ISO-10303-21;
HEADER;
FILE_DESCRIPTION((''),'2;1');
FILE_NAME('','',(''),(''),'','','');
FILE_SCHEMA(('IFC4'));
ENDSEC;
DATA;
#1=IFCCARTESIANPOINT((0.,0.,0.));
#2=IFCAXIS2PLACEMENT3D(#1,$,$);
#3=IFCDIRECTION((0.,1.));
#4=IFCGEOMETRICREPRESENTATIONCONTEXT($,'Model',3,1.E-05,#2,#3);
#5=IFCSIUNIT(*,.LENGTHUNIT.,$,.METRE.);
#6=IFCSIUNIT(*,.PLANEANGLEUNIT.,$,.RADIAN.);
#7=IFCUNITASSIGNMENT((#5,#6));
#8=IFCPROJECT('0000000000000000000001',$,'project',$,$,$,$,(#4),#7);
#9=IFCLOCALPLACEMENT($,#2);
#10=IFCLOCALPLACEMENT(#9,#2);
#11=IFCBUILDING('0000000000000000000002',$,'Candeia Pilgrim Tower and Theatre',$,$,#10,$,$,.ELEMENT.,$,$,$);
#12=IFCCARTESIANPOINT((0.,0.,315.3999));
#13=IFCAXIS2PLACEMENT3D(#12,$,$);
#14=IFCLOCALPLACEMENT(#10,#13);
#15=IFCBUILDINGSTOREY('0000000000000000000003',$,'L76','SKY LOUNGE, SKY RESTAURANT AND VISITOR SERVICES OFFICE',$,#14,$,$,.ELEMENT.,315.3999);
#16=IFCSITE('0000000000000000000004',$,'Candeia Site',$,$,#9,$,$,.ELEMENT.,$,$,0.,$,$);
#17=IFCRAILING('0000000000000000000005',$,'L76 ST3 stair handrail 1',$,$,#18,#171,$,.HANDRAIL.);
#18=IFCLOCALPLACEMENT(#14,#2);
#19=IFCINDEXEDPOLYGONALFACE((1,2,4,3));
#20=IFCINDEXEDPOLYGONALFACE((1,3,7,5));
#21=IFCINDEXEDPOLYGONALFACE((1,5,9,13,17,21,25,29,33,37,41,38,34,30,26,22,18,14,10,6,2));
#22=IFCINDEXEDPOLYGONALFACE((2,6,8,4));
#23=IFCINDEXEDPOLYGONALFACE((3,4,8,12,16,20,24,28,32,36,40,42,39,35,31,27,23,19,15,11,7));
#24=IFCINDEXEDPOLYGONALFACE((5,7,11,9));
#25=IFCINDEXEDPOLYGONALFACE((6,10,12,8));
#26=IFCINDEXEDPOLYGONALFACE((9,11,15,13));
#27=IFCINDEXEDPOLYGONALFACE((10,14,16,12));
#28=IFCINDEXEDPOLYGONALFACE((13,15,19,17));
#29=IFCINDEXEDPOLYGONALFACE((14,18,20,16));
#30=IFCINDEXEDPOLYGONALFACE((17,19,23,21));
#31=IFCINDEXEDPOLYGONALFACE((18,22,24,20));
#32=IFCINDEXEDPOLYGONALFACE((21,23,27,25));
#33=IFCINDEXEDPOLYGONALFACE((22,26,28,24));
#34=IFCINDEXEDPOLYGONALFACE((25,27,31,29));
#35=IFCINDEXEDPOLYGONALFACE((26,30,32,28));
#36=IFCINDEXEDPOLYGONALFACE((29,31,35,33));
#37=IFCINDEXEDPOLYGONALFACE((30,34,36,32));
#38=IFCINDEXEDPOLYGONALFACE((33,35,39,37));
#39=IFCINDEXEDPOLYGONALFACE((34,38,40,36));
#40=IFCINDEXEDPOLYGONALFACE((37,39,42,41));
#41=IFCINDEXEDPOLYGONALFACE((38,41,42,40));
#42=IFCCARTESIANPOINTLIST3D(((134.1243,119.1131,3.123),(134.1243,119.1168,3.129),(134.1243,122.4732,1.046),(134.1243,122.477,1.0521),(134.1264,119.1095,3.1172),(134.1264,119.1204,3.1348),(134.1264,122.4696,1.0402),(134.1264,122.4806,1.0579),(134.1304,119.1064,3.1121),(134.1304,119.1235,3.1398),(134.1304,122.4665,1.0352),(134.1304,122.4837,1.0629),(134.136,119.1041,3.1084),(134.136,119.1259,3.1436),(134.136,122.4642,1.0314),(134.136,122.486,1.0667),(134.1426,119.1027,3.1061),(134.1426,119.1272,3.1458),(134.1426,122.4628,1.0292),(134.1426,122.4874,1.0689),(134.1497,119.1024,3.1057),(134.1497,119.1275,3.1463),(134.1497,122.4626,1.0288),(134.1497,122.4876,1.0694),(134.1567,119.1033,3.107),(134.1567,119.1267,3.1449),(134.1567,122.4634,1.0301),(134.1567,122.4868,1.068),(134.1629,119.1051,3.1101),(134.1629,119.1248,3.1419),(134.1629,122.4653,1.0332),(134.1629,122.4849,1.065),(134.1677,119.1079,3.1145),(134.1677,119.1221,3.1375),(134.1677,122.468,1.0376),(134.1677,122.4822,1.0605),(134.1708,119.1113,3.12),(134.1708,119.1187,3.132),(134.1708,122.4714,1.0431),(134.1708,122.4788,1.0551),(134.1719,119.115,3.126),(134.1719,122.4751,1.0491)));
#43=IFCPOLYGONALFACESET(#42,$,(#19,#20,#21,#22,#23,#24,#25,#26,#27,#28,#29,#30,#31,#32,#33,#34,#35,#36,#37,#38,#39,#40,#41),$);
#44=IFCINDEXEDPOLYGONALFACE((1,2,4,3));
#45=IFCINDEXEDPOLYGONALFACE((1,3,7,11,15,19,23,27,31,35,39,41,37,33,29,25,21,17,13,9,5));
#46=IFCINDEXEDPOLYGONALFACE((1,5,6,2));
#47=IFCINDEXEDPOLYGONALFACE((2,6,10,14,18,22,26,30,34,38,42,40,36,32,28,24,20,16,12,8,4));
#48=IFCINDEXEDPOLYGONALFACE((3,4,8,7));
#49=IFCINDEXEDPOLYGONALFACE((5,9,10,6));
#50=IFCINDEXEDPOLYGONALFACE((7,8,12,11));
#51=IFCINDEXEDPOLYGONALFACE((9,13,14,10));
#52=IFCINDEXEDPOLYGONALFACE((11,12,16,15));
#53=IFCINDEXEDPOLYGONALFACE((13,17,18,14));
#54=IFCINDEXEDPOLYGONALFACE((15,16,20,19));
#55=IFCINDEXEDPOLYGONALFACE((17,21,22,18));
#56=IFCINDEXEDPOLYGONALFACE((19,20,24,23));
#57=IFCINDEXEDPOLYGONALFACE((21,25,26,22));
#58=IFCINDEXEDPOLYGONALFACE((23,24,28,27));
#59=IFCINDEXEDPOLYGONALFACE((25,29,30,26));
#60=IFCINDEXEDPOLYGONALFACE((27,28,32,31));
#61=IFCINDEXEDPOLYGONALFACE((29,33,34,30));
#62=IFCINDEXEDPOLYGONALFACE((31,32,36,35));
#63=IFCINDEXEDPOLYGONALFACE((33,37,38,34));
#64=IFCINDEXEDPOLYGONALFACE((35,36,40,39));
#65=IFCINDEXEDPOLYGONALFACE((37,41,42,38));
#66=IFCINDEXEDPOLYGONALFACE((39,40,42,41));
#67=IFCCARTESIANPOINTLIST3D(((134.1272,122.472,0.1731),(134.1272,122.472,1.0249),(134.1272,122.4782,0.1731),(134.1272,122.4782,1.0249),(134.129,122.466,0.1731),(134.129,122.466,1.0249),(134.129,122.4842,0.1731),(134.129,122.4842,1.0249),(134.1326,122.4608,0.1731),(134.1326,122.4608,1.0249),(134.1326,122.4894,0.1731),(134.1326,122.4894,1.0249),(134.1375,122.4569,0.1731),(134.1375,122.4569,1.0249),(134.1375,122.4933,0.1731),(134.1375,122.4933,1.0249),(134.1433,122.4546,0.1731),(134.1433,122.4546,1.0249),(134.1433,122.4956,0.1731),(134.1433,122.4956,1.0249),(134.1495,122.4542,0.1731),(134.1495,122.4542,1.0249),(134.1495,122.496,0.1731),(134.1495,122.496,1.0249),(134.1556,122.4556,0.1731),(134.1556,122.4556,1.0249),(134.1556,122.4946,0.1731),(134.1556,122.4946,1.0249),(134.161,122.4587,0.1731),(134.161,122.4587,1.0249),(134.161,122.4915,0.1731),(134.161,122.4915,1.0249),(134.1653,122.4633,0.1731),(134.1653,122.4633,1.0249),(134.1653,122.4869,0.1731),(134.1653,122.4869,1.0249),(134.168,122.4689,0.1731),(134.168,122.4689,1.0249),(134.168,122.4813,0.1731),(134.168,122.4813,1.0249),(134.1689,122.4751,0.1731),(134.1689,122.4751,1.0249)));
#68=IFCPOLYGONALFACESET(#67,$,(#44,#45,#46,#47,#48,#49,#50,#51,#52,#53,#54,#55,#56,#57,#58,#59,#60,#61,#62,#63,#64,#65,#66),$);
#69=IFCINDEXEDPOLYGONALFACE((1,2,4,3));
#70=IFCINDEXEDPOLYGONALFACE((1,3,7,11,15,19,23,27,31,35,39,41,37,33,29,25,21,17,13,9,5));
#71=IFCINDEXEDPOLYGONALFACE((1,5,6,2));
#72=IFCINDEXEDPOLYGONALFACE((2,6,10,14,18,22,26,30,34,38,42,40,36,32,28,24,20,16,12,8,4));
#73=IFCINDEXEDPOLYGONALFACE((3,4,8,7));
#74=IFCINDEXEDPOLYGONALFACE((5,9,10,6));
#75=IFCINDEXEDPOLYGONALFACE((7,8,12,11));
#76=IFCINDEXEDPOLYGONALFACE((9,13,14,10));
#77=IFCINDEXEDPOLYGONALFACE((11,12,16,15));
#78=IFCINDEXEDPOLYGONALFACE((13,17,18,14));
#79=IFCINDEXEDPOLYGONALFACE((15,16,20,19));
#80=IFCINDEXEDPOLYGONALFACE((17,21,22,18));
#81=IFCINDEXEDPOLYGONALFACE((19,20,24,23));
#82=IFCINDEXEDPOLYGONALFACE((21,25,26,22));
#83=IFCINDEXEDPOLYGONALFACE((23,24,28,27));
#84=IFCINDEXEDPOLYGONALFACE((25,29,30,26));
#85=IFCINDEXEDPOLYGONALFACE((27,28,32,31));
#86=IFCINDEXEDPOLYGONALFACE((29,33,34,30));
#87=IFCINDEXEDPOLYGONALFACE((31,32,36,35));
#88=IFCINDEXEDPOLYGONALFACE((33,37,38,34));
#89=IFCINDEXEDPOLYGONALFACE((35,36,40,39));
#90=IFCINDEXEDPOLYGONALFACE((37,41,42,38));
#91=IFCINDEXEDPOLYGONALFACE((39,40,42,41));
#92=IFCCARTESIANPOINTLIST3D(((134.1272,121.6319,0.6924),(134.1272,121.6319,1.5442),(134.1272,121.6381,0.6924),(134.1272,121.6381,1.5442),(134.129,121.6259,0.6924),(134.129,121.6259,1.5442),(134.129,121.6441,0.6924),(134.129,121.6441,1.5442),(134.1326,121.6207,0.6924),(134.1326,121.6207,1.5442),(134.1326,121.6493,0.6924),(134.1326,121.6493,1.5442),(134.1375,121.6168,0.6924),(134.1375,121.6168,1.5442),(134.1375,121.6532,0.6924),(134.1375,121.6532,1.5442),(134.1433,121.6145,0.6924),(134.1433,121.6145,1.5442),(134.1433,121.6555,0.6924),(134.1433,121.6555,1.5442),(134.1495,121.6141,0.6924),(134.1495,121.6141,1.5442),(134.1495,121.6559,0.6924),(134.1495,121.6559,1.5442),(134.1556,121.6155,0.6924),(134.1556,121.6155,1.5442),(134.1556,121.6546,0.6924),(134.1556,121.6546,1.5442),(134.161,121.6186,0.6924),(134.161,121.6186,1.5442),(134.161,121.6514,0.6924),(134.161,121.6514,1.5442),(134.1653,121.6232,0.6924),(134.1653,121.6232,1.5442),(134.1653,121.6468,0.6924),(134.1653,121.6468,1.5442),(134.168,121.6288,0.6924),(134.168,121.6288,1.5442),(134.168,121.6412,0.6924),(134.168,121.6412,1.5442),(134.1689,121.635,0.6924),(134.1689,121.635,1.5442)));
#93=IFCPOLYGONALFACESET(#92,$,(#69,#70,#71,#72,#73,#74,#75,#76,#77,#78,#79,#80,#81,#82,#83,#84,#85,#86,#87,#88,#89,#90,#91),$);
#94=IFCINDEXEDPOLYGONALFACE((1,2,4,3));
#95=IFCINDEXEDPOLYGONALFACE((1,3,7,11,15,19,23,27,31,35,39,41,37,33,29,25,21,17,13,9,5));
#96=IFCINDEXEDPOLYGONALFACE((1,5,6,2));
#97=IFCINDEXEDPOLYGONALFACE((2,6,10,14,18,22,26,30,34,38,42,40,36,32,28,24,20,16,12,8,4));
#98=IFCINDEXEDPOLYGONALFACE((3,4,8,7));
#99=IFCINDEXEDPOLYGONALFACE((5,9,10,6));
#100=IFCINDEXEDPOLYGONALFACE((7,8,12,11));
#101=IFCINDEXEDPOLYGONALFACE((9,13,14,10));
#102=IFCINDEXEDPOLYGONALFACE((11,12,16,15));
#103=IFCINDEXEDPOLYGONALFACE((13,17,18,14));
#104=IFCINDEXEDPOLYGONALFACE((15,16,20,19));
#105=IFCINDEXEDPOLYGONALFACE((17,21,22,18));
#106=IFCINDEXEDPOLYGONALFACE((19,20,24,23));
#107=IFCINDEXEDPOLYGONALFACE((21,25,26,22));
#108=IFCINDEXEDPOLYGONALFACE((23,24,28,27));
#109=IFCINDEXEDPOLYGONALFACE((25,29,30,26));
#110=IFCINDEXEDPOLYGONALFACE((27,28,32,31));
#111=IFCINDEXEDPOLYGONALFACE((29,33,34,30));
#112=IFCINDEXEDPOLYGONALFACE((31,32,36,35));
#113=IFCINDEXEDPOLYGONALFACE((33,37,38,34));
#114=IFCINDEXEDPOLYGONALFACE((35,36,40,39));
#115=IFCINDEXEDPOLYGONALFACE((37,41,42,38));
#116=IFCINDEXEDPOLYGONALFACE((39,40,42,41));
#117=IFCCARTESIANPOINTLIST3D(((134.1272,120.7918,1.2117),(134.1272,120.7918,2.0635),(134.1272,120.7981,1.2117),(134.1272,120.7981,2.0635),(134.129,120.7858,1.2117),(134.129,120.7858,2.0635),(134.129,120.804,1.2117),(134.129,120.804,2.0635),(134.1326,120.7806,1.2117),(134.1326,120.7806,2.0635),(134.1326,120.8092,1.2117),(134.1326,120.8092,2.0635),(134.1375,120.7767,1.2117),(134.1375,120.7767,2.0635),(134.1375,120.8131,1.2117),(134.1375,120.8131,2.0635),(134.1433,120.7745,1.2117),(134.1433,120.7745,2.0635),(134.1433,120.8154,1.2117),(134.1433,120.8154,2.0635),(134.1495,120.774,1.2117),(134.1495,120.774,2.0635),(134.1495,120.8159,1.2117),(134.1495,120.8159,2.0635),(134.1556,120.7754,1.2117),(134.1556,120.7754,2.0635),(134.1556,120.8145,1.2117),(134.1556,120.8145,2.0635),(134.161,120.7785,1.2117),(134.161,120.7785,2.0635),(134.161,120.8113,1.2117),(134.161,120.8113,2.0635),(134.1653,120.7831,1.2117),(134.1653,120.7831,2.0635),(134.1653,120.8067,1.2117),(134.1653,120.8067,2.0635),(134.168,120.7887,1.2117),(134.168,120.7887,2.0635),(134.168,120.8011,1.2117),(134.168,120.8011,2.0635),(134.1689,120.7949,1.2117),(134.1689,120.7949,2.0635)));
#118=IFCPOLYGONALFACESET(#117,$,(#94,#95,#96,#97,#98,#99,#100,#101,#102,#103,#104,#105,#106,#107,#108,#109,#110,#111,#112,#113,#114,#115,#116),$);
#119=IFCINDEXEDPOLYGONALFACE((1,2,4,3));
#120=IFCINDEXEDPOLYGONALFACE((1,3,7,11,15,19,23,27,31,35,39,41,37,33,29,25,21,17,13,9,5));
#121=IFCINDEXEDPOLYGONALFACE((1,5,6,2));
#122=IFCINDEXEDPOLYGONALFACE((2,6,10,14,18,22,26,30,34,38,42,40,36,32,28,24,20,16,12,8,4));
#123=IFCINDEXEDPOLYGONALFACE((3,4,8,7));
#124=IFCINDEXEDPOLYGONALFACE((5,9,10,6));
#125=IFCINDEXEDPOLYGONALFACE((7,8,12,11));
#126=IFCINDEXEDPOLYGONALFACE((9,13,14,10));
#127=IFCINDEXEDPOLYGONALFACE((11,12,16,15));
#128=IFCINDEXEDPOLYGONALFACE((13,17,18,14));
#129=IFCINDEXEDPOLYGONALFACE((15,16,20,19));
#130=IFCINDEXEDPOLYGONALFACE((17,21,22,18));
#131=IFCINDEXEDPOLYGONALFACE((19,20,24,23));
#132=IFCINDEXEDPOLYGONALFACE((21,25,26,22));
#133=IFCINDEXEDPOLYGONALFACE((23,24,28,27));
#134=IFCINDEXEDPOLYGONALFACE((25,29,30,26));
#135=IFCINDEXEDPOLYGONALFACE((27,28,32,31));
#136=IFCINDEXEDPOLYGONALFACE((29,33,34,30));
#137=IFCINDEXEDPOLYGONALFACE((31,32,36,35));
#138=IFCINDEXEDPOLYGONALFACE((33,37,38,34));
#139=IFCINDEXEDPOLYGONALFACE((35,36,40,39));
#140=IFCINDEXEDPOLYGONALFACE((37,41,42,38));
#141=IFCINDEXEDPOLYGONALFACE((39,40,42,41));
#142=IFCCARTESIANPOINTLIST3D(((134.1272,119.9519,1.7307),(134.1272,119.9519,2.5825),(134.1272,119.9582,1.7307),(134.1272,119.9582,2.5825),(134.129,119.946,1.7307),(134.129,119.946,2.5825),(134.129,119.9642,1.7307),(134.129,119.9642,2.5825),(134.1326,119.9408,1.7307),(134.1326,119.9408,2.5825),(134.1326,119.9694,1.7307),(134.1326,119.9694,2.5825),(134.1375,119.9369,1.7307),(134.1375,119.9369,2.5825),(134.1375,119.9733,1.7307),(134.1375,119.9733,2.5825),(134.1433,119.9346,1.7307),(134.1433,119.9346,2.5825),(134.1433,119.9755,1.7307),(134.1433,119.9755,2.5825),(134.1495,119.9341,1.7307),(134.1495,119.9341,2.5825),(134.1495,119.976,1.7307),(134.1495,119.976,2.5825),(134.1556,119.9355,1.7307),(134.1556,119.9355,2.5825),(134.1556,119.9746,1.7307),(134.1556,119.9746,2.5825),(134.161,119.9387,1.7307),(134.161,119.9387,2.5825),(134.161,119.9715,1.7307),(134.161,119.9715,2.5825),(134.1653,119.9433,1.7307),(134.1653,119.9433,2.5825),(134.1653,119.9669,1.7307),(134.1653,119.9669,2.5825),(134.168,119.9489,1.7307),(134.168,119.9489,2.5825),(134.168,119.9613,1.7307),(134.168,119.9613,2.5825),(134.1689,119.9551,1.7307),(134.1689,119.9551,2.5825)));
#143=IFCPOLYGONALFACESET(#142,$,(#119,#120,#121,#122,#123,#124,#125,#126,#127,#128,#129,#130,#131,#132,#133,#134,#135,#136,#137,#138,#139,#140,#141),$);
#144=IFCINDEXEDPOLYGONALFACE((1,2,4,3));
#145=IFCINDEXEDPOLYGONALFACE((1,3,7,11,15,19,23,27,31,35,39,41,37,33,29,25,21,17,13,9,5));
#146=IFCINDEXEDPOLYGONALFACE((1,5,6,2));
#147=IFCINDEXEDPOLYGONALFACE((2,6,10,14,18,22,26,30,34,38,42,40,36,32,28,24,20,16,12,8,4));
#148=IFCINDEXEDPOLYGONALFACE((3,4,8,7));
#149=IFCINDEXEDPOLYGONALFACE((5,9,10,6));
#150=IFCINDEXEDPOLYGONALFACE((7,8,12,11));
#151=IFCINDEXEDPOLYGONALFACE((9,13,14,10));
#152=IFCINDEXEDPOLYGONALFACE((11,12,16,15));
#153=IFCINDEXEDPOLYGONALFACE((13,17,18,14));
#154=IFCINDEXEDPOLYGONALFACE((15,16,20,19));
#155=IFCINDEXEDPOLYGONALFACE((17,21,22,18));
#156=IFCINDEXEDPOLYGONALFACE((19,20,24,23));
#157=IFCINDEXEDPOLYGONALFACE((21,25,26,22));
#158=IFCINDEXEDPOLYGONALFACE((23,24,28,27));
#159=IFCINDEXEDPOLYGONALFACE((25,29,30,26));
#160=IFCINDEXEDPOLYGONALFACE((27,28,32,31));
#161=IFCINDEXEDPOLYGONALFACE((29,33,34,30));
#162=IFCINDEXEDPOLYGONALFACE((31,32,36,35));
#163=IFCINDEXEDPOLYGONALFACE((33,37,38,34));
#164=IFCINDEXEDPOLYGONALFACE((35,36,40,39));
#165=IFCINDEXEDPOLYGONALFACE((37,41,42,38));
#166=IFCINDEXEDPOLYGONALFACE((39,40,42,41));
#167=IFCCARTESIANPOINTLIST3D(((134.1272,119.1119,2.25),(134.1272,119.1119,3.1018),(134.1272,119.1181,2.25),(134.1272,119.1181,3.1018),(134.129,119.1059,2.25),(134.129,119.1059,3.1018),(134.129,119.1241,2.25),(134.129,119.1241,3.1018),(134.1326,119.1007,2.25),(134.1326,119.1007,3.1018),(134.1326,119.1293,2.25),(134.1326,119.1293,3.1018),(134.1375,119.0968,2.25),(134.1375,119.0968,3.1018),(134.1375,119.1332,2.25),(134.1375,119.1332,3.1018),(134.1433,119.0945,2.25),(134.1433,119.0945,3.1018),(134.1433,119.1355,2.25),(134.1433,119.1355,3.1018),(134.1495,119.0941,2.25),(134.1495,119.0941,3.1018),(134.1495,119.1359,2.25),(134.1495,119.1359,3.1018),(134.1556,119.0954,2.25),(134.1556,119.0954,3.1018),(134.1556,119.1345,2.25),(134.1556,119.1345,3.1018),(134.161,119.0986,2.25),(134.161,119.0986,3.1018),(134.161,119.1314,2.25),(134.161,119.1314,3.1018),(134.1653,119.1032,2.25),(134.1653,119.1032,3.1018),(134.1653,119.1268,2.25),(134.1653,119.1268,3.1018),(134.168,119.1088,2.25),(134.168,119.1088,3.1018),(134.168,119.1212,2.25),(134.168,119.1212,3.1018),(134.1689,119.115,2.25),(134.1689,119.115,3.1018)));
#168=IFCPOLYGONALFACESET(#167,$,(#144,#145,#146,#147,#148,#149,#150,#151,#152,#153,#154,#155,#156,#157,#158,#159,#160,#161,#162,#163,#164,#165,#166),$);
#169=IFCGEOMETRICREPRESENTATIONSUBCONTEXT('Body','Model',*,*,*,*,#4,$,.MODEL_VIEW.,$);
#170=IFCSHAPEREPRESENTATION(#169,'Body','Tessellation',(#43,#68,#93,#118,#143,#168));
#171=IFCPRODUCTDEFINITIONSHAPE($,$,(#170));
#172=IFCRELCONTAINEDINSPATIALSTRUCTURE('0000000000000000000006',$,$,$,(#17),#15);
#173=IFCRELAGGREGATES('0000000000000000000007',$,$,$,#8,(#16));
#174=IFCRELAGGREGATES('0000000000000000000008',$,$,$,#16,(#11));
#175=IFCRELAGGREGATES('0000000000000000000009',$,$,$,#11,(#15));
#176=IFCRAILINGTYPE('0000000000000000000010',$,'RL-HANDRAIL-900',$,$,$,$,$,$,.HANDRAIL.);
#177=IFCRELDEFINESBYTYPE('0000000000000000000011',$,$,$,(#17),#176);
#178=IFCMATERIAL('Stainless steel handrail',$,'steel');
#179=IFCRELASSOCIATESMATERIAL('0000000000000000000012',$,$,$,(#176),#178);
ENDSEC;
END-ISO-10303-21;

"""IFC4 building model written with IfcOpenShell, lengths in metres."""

from ifc_helpers import new_model, si_unit, direction, frame, origin, origin_2d, place, context, subcontext, project, spatial, circle, extrude, material, type_object, element, save


model = new_model("IFC4")

# Units and contexts
model_context = context("Model", 3, precision=1e-05, world=origin(), true_north=direction((0.0, 1.0)))
body_context = subcontext(model_context, "Body", "Model", "MODEL_VIEW")
ifc_project = project(units=[si_unit("LENGTHUNIT", "METRE"), si_unit("PLANEANGLEUNIT", "RADIAN")], contexts=[model_context])

# Site, building, storey
site_placement = place(None, origin())
site = spatial("IfcSite", under=ifc_project, at=site_placement, Name="Candeia Site", CompositionType="ELEMENT", RefElevation=0.0)
building_placement = place(site_placement, origin())
building = spatial("IfcBuilding", under=site, at=building_placement, Name="Candeia Pilgrim Tower and Theatre", CompositionType="ELEMENT")
storey_placement = place(building_placement, frame((0.0, 0.0, 315.3999)))
storey = spatial("IfcBuildingStorey", under=building, at=storey_placement, Name="L76", Description="SKY LOUNGE, SKY RESTAURANT AND VISITOR SERVICES OFFICE", CompositionType="ELEMENT", Elevation=315.3999)

# Railing
ifc_material_1 = material(Name="Stainless steel handrail", Category="steel")
railing_type_1 = type_object("IfcRailingType", Name="RL-HANDRAIL-900", PredefinedType="HANDRAIL", material=ifc_material_1)
railing_1_placement = place(storey_placement, frame((134.1479, 122.4751, 0.1731)))
element("IfcRailing", 1, at=railing_1_placement, inside=storey, type_object=railing_type_1, Name="L76 ST3 stair handrail 1", PredefinedType="HANDRAIL", context=body_context, shape_type="SweptSolid", body=[
    extrude(circle(Radius=0.0239, at=origin_2d()), frame((0.0, 0.0, 0.876), z_axis=(0.0, -0.850623, 0.525776), x_axis=(1.0, 0.0, 0.0)), (0.0, 0.0, 1.0), 3.9502),
    extrude(circle(Radius=0.021, at=origin_2d()), origin(), (0.0, 0.0, 1.0), 0.8518),
    extrude(circle(Radius=0.021, at=origin_2d()), frame((0.0, -0.8401, 0.5193)), (0.0, 0.0, 1.0), 0.8518),
    extrude(circle(Radius=0.021, at=origin_2d()), frame((0.0, -1.6802, 1.0386)), (0.0, 0.0, 1.0), 0.8518),
    extrude(circle(Radius=0.021, at=origin_2d()), frame((0.0, -2.52, 1.5576)), (0.0, 0.0, 1.0), 0.8518),
    extrude(circle(Radius=0.021, at=origin_2d()), frame((0.0, -3.3601, 2.0769)), (0.0, 0.0, 1.0), 0.8518),
])

save(model, "model.ifc")
